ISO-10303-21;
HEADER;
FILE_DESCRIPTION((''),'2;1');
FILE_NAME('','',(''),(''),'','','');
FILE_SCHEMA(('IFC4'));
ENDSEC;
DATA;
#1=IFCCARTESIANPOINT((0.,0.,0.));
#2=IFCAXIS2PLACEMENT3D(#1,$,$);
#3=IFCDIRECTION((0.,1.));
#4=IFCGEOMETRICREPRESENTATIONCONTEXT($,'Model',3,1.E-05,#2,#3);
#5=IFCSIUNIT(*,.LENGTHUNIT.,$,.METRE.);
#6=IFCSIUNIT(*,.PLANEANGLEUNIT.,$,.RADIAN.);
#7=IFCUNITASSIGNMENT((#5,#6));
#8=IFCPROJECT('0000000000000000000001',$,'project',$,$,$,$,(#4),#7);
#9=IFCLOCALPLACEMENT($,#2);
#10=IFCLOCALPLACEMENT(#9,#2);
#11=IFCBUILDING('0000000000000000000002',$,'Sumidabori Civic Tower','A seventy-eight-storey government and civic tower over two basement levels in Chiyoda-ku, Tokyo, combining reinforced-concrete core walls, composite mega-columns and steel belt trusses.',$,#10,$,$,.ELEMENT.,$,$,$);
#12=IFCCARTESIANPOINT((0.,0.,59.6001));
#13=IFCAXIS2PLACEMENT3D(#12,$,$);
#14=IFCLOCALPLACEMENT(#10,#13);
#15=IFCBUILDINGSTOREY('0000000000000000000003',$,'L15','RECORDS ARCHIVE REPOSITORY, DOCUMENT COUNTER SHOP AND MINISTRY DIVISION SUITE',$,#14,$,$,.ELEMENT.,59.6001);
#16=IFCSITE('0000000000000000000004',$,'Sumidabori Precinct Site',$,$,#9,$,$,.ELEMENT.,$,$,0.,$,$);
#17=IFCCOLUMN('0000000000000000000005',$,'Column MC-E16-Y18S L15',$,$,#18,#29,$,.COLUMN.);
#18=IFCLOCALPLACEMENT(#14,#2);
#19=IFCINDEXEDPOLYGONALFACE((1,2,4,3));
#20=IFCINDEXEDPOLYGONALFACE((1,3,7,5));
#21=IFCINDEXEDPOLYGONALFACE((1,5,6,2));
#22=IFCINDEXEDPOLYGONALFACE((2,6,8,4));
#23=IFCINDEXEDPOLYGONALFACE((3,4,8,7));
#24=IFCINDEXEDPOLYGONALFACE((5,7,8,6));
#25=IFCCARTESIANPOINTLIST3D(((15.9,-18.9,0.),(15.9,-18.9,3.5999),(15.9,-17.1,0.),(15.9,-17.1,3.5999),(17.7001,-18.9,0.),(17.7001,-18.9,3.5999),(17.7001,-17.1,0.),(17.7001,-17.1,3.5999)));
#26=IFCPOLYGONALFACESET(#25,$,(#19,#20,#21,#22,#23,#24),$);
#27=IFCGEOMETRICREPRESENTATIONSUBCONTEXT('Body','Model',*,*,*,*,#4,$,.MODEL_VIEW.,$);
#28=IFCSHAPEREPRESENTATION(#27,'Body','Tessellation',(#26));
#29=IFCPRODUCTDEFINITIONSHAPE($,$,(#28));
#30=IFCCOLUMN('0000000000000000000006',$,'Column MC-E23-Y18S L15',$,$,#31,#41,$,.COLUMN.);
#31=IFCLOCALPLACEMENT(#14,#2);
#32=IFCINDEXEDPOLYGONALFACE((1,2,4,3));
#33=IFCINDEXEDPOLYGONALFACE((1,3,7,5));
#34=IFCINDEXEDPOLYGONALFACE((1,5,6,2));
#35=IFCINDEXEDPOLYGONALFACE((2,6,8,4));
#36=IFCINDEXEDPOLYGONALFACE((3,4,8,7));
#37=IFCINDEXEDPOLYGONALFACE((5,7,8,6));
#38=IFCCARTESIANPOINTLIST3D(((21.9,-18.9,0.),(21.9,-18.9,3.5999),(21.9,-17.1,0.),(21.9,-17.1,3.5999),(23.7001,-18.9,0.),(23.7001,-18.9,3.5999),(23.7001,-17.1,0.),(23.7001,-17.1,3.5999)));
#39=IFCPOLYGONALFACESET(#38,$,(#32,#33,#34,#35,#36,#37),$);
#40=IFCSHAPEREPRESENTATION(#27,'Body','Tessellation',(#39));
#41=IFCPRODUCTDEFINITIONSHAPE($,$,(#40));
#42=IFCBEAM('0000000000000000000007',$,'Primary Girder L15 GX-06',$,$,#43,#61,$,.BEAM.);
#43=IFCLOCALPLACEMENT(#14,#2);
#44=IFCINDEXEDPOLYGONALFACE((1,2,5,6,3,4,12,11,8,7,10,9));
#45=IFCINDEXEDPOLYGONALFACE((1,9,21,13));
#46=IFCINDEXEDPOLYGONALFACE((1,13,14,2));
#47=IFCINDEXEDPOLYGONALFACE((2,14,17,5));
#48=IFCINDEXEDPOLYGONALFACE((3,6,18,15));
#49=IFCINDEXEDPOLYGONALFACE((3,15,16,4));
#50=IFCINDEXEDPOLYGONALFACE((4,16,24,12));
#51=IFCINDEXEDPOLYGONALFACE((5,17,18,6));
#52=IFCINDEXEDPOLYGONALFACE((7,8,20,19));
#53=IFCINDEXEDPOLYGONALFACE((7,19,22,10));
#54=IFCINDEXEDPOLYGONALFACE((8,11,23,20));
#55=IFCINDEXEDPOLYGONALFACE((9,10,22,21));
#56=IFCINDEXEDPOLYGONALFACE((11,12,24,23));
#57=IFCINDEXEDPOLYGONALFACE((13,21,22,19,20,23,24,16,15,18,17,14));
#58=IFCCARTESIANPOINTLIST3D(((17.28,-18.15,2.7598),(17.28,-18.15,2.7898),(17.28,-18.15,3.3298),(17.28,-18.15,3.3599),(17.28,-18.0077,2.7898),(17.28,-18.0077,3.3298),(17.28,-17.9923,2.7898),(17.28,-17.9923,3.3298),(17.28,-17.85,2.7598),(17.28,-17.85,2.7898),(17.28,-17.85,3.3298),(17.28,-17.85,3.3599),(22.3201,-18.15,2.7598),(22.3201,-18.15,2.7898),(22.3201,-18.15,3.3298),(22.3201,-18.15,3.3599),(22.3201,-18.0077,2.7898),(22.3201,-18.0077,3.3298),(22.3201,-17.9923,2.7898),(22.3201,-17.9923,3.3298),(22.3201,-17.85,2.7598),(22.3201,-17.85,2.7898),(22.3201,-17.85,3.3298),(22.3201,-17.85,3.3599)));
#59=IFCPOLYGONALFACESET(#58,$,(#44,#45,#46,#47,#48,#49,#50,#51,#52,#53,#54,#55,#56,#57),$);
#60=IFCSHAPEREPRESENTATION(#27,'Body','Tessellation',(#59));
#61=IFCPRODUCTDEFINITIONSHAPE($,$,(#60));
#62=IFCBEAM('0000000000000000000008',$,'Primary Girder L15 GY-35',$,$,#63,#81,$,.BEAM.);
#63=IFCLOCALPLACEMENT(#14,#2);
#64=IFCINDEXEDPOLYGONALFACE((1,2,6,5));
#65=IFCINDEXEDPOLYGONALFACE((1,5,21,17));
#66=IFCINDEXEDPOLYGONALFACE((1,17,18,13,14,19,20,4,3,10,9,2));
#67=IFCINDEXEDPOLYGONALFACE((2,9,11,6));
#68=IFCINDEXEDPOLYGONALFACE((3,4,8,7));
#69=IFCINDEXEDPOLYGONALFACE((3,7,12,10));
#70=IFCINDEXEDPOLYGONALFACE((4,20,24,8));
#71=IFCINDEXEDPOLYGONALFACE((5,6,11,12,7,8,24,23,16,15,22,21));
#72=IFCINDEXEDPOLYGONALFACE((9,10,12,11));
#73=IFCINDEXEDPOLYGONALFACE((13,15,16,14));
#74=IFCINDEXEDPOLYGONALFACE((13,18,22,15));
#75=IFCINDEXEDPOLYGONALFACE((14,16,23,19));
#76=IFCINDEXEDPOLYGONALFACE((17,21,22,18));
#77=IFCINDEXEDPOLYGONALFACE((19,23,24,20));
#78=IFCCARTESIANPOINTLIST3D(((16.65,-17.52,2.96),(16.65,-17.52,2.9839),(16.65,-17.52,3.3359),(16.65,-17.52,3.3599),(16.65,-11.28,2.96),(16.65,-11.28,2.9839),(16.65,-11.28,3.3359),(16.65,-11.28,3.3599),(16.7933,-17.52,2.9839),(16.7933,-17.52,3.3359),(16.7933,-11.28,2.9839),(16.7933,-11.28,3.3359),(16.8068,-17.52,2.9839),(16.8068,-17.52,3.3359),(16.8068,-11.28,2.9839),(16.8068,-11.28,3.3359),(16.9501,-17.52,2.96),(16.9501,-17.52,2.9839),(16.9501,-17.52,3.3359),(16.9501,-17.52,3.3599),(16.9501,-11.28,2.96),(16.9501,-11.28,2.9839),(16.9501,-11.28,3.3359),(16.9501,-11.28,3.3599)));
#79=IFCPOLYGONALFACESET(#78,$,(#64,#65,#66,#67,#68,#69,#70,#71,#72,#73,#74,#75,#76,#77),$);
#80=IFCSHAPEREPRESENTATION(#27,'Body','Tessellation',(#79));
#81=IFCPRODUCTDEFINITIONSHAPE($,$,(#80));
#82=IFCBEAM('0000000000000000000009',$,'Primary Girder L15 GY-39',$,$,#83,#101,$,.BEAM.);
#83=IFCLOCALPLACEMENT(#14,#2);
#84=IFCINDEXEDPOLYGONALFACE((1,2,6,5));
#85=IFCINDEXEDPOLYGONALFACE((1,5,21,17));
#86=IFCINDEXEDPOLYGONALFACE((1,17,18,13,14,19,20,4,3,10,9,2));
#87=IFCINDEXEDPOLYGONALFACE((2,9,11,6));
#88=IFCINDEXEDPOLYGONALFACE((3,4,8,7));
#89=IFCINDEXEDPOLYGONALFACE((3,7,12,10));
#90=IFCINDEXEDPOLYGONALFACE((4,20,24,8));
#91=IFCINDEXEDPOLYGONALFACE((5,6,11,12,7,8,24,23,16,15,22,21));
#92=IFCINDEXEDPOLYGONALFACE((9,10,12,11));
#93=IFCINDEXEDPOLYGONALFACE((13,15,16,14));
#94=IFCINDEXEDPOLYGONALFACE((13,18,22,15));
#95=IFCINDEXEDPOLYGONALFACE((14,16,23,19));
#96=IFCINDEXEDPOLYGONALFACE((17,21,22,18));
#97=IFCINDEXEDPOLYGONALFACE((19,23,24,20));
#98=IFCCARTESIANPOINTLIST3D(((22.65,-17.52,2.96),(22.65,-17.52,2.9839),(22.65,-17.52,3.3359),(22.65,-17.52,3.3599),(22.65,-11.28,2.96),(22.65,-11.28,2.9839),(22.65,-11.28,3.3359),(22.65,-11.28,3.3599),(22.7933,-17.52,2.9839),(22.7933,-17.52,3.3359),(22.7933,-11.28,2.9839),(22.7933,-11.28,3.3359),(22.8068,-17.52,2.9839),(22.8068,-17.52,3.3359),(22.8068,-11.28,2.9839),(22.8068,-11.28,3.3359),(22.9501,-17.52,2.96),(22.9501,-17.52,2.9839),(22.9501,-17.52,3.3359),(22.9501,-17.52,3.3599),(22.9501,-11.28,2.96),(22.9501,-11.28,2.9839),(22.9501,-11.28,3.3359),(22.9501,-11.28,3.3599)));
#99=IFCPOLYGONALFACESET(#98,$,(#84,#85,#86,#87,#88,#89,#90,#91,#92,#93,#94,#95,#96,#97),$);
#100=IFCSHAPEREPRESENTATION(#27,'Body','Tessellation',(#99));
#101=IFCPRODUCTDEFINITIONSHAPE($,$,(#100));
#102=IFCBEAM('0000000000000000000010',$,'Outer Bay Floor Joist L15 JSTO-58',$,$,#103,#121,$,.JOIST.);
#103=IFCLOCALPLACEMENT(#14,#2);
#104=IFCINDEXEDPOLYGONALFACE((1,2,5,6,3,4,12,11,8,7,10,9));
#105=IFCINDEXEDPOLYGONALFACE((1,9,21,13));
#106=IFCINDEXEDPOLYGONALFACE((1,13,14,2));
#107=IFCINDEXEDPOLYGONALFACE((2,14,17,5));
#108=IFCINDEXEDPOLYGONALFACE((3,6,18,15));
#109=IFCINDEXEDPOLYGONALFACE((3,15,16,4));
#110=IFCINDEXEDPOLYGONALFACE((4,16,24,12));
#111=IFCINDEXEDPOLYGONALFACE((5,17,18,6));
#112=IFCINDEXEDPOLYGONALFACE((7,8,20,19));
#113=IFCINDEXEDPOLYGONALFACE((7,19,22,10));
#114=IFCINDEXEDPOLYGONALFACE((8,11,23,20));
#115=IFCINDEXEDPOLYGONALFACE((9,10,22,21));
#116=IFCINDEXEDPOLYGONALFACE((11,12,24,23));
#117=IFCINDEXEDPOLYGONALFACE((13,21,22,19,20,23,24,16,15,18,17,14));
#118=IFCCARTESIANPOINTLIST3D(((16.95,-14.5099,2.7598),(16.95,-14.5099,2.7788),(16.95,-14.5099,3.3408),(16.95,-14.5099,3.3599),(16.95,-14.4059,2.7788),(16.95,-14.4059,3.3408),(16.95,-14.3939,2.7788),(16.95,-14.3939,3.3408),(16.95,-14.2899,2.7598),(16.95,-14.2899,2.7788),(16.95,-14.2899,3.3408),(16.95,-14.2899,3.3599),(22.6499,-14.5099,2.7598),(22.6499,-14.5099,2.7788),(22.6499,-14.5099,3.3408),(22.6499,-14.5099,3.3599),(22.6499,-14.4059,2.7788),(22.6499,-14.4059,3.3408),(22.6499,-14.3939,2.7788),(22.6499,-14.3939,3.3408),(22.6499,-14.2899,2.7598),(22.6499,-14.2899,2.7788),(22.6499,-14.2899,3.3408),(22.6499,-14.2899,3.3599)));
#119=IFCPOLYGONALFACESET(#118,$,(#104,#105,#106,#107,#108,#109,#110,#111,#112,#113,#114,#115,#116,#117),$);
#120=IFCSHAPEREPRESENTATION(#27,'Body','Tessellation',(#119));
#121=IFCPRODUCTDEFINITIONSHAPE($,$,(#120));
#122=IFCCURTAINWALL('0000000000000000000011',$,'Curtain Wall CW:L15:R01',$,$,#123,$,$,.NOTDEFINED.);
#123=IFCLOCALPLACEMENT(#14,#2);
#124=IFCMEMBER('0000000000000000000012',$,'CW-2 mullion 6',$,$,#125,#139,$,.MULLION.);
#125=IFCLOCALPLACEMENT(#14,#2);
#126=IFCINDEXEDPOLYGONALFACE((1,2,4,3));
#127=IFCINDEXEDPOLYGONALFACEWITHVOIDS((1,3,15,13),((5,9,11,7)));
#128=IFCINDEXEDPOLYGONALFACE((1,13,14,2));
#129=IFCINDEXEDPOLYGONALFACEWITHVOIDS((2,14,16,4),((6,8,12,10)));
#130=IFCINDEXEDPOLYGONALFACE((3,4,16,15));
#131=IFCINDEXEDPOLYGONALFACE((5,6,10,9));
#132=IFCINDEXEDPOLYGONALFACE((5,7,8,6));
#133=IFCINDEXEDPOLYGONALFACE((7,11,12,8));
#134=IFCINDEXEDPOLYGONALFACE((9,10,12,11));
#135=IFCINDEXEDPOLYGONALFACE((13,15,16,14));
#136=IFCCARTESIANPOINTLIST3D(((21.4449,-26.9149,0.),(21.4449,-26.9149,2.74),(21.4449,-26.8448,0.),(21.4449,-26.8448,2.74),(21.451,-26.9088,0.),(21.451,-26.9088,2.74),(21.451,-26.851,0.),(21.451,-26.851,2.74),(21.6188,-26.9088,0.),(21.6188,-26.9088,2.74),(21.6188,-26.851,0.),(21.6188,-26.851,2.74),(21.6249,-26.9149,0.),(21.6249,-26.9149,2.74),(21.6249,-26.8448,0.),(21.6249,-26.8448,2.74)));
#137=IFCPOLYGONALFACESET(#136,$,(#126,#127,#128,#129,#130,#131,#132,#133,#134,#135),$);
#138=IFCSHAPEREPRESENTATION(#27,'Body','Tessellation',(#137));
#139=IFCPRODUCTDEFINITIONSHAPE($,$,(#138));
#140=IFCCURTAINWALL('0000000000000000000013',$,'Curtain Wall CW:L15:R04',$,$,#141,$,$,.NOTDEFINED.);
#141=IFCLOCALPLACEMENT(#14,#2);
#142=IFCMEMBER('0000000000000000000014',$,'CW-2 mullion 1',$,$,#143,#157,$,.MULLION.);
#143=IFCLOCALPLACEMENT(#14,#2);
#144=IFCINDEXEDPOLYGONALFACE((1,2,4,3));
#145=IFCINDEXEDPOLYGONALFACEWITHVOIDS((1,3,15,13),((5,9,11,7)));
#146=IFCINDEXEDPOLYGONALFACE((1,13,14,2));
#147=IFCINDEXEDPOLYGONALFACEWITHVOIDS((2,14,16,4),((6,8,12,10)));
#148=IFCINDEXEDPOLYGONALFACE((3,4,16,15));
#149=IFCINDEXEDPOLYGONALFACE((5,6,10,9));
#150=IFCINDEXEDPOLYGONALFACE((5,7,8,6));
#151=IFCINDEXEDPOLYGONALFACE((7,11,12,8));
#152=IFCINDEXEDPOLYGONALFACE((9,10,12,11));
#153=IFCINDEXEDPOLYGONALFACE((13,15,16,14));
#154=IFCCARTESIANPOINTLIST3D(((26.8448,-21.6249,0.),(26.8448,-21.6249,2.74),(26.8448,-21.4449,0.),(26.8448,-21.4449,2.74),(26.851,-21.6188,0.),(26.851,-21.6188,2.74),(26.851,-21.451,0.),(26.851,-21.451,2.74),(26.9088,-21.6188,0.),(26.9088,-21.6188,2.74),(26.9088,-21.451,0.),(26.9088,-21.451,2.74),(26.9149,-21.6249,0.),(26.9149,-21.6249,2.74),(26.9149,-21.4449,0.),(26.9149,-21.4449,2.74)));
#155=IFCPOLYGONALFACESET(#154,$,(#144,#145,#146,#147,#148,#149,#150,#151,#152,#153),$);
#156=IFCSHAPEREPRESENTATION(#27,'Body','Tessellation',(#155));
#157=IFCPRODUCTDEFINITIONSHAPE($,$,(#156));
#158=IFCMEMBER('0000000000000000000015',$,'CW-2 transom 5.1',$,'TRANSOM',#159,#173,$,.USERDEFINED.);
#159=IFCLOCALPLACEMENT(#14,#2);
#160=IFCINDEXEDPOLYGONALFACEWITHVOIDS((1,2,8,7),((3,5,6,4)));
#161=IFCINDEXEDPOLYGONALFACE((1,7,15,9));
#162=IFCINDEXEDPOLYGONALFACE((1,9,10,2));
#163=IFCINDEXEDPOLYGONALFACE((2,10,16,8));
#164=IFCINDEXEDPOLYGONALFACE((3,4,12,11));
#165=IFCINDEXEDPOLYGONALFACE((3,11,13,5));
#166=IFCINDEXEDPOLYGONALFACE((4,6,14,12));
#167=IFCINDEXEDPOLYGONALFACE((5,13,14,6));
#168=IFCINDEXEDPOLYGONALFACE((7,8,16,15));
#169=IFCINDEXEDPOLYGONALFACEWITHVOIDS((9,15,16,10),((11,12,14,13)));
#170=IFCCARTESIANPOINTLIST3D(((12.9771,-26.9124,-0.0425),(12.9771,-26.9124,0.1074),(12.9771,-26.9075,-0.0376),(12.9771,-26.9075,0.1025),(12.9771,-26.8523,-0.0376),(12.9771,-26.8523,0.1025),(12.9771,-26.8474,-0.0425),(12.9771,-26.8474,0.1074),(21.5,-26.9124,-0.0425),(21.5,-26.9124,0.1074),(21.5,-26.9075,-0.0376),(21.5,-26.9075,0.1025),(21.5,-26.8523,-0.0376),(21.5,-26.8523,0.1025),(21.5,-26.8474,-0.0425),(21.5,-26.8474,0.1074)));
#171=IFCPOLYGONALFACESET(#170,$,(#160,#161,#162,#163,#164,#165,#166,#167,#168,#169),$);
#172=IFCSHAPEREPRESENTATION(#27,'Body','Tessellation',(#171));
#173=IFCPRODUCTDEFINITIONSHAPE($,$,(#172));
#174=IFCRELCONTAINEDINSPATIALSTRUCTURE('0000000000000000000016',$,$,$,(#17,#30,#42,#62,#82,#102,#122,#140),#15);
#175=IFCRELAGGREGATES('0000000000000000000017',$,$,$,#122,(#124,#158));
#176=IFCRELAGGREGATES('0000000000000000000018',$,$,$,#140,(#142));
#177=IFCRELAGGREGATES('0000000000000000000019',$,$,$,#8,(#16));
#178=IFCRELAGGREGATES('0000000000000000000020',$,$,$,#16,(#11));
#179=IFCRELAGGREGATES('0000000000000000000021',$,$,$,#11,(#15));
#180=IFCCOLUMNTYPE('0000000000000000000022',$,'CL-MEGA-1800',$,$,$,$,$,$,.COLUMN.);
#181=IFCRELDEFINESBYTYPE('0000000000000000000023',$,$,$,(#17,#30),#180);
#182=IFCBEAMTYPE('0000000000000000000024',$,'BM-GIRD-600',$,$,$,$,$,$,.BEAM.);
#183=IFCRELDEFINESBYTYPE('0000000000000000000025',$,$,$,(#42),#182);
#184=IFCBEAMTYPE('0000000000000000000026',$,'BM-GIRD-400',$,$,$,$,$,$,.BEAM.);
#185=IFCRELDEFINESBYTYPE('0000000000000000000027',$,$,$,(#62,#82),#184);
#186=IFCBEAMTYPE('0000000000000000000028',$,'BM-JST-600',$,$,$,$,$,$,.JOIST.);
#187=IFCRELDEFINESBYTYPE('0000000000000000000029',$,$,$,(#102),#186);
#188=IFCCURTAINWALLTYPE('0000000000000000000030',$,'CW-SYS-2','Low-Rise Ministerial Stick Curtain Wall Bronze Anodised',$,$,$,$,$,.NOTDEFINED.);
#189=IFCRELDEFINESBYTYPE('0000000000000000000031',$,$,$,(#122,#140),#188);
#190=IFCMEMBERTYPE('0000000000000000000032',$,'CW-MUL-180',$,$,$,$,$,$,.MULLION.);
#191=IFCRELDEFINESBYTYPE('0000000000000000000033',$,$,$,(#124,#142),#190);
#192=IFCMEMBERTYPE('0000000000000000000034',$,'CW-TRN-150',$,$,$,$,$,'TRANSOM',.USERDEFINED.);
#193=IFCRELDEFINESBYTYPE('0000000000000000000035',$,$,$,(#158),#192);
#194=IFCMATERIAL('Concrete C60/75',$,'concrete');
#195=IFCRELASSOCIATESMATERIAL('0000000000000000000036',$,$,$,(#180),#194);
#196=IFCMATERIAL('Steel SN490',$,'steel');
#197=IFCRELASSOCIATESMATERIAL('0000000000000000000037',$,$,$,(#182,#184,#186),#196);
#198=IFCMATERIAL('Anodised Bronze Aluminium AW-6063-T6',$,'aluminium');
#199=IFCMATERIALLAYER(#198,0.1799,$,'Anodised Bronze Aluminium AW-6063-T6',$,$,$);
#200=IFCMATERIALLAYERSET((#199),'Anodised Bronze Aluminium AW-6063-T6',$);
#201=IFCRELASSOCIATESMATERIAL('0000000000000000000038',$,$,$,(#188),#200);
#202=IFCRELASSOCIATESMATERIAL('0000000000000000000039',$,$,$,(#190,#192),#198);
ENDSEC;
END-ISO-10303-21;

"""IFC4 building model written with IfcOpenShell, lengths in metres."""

from ifc_helpers import new_model, si_unit, direction, frame, origin, origin_2d, place, context, subcontext, project, spatial, rectangle, hollow_rectangle, i_section, extrude, source, transform, mapped, material, layer, layer_set, material_profile, profile_set, type_object, element, aggregate, save


model = new_model("IFC4")

# Units and contexts
model_context = context("Model", 3, precision=1e-05, world=origin(), true_north=direction((0.0, 1.0)))
body_context = subcontext(model_context, "Body", "Model", "MODEL_VIEW")
ifc_project = project(units=[si_unit("LENGTHUNIT", "METRE"), si_unit("PLANEANGLEUNIT", "RADIAN")], contexts=[model_context])

# Site, building, storey
site_placement = place(None, origin())
site = spatial("IfcSite", under=ifc_project, at=site_placement, Name="Sumidabori Precinct Site", CompositionType="ELEMENT", RefElevation=0.0)
building_placement = place(site_placement, origin())
building = spatial("IfcBuilding", under=site, at=building_placement, Name="Sumidabori Civic Tower", Description="A seventy-eight-storey government and civic tower over two basement levels in Chiyoda-ku, Tokyo, combining reinforced-concrete core walls, composite mega-columns and steel belt trusses.", CompositionType="ELEMENT")
storey_placement = place(building_placement, frame((0.0, 0.0, 59.6001)))
storey = spatial("IfcBuildingStorey", under=building, at=storey_placement, Name="L15", Description="RECORDS ARCHIVE REPOSITORY, DOCUMENT COUNTER SHOP AND MINISTRY DIVISION SUITE", CompositionType="ELEMENT", Elevation=59.6001)

# Columns
ifc_material_1 = material(Name="Concrete C60/75", Category="concrete")
ifc_material_profile_1 = material_profile(ifc_material_1, rectangle(XDim=1.8, YDim=1.8, at=origin_2d()), Name="RC 1800x1800")
ifc_profile_set_1 = profile_set([ifc_material_profile_1], Name="Concrete C60/75")
column_type = type_object("IfcColumnType", Name="CL-MEGA-1800", PredefinedType="COLUMN", material=ifc_profile_set_1)
shared_shape_1 = source(origin(), body_context, "Body", "SweptSolid", [
    extrude(rectangle(XDim=1.8, YDim=1.8, at=origin_2d()), origin(), (0.0, 0.0, 1.0), 3.5999),
])
for number, where, z_axis, x_axis, name in (
    (1, (16.8, -18.0, 0.0), (0.0, 0.0, 1.0), (1.0, 0.0, 0.0), "Column MC-E16-Y18S L15"),
    (2, (22.8, -18.0, 0.0), (0.0, 0.0, 1.0), (1.0, 0.0, 0.0), "Column MC-E23-Y18S L15"),
):
    element("IfcColumn", number, at=place(storey_placement, frame(where, z_axis=z_axis, x_axis=x_axis)), inside=storey, type_object=column_type, Name=name, PredefinedType="COLUMN", context=body_context, shape_type="MappedRepresentation", body=[
        mapped(shared_shape_1, transform((0.0, 0.0, 0.0), x_axis=(1.0, 0.0, 0.0), y_axis=(0.0, 1.0, 0.0), z_axis=(0.0, 0.0, 1.0), scale=1.0)),
    ])

# Beams
ifc_material_2 = material(Name="Steel SN490", Category="steel")
ifc_material_profile_2 = material_profile(ifc_material_2, i_section(OverallWidth=0.3, OverallDepth=0.6001, WebThickness=0.0154, FlangeThickness=0.03, at=origin_2d()), Name="HE 600 B")
ifc_profile_set_2 = profile_set([ifc_material_profile_2], Name="Steel SN490")
beam_type_1 = type_object("IfcBeamType", Name="BM-GIRD-600", PredefinedType="BEAM", material=ifc_profile_set_2)
shared_shape_2 = source(origin(), body_context, "Body", "SweptSolid", [
    extrude(i_section(OverallWidth=0.3, OverallDepth=0.6001, WebThickness=0.0154, FlangeThickness=0.03, at=origin_2d()), origin(), (0.0, 0.0, 1.0), 5.04),
])
beam_1_placement = place(storey_placement, frame((17.28, -18.0, 3.0598), z_axis=(1.0, 0.0, 0.0), x_axis=(0.0, 1.0, 0.0)))
element("IfcBeam", 3, at=beam_1_placement, inside=storey, type_object=beam_type_1, Name="Primary Girder L15 GX-06", PredefinedType="BEAM", context=body_context, shape_type="MappedRepresentation", body=[
    mapped(shared_shape_2, transform((0.0, 0.0, 0.0), x_axis=(1.0, 0.0, 0.0), y_axis=(0.0, 1.0, 0.0), z_axis=(0.0, 0.0, 1.0), scale=1.0)),
])
ifc_material_profile_3 = material_profile(ifc_material_2, i_section(OverallWidth=0.3, OverallDepth=0.3999, WebThickness=0.0134, FlangeThickness=0.0239, at=origin_2d()), Name="HE 400 B")
ifc_profile_set_3 = profile_set([ifc_material_profile_3], Name="Steel SN490")
beam_type_2 = type_object("IfcBeamType", Name="BM-GIRD-400", PredefinedType="BEAM", material=ifc_profile_set_3)
shared_shape_3 = source(origin(), body_context, "Body", "SweptSolid", [
    extrude(i_section(OverallWidth=0.3, OverallDepth=0.3999, WebThickness=0.0134, FlangeThickness=0.0239, at=origin_2d()), origin(), (0.0, 0.0, 1.0), 6.24),
])
for number, where, z_axis, x_axis, name in (
    (4, (16.8, -17.52, 3.1599), (0.0, 1.0, 0.0), (-1.0, 0.0, 0.0), "Primary Girder L15 GY-35"),
    (5, (22.8, -17.52, 3.1599), (0.0, 1.0, 0.0), (-1.0, 0.0, 0.0), "Primary Girder L15 GY-39"),
):
    element("IfcBeam", number, at=place(storey_placement, frame(where, z_axis=z_axis, x_axis=x_axis)), inside=storey, type_object=beam_type_2, Name=name, PredefinedType="BEAM", context=body_context, shape_type="MappedRepresentation", body=[
        mapped(shared_shape_3, transform((0.0, 0.0, 0.0), x_axis=(1.0, 0.0, 0.0), y_axis=(0.0, 1.0, 0.0), z_axis=(0.0, 0.0, 1.0), scale=1.0)),
    ])
ifc_material_profile_4 = material_profile(ifc_material_2, i_section(OverallWidth=0.22, OverallDepth=0.6001, WebThickness=0.012, FlangeThickness=0.019, at=origin_2d()), Name="IPE 600")
ifc_profile_set_4 = profile_set([ifc_material_profile_4], Name="Steel SN490")
beam_type_3 = type_object("IfcBeamType", Name="BM-JST-600", PredefinedType="JOIST", material=ifc_profile_set_4)
shared_shape_4 = source(origin(), body_context, "Body", "SweptSolid", [
    extrude(i_section(OverallWidth=0.22, OverallDepth=0.6001, WebThickness=0.012, FlangeThickness=0.019, at=origin_2d()), origin(), (0.0, 0.0, 1.0), 5.7),
])
beam_2_placement = place(storey_placement, frame((16.95, -14.3999, 3.0598), z_axis=(1.0, 0.0, 0.0), x_axis=(0.0, 1.0, 0.0)))
element("IfcBeam", 6, at=beam_2_placement, inside=storey, type_object=beam_type_3, Name="Outer Bay Floor Joist L15 JSTO-58", PredefinedType="JOIST", context=body_context, shape_type="MappedRepresentation", body=[
    mapped(shared_shape_4, transform((0.0, 0.0, 0.0), x_axis=(1.0, 0.0, 0.0), y_axis=(0.0, 1.0, 0.0), z_axis=(0.0, 0.0, 1.0), scale=1.0)),
])

# Curtain walls, members
ifc_material_3 = material(Name="Anodised Bronze Aluminium AW-6063-T6", Category="aluminium")
ifc_layer_1 = layer(ifc_material_3, 0.1799, Name="Anodised Bronze Aluminium AW-6063-T6")
ifc_layer_set_1 = layer_set([ifc_layer_1], Name="Anodised Bronze Aluminium AW-6063-T6")
curtain_wall_type = type_object("IfcCurtainWallType", Name="CW-SYS-2", Description="Low-Rise Ministerial Stick Curtain Wall Bronze Anodised", PredefinedType="NOTDEFINED", material=ifc_layer_set_1)
curtain_wall_1_placement = place(storey_placement, origin())
curtain_wall_1 = element("IfcCurtainWall", 7, at=curtain_wall_1_placement, inside=storey, type_object=curtain_wall_type, Name="Curtain Wall CW:L15:R01", PredefinedType="NOTDEFINED")
ifc_material_profile_5 = material_profile(ifc_material_3, hollow_rectangle(XDim=0.0701, YDim=0.1799, WallThickness=0.0061, at=origin_2d()), Name="ALU MULLION 180x70")
ifc_profile_set_5 = profile_set([ifc_material_profile_5], Name="Anodised Bronze Aluminium AW-6063-T6")
member_type_1 = type_object("IfcMemberType", Name="CW-MUL-180", PredefinedType="MULLION", material=ifc_profile_set_5)
shared_shape_5 = source(origin(), body_context, "Body", "SweptSolid", [
    extrude(hollow_rectangle(XDim=0.0701, YDim=0.1799, WallThickness=0.0061, at=origin_2d()), origin(), (0.0, 0.0, 1.0), 2.74),
])
member_1_placement = place(storey_placement, frame((21.5349, -26.8799, 0.0), z_axis=(0.0, 0.0, 1.0), x_axis=(0.0, 1.0, 0.0)))
member_1 = element("IfcMember", 8, at=member_1_placement, type_object=member_type_1, Name="CW-2 mullion 6", PredefinedType="MULLION", context=body_context, shape_type="MappedRepresentation", body=[
    mapped(shared_shape_5, transform((0.0, 0.0, 0.0), x_axis=(1.0, 0.0, 0.0), y_axis=(0.0, 1.0, 0.0), z_axis=(0.0, 0.0, 1.0), scale=1.0)),
])
curtain_wall_2_placement = place(storey_placement, origin())
curtain_wall_2 = element("IfcCurtainWall", 9, at=curtain_wall_2_placement, inside=storey, type_object=curtain_wall_type, Name="Curtain Wall CW:L15:R04", PredefinedType="NOTDEFINED")
member_2_placement = place(storey_placement, frame((26.8799, -21.5349, 0.0), z_axis=(0.0, 0.0, 1.0), x_axis=(-1.0, 0.0, 0.0)))
member_2 = element("IfcMember", 10, at=member_2_placement, type_object=member_type_1, Name="CW-2 mullion 1", PredefinedType="MULLION", context=body_context, shape_type="MappedRepresentation", body=[
    mapped(shared_shape_5, transform((0.0, 0.0, 0.0), x_axis=(1.0, 0.0, 0.0), y_axis=(0.0, 1.0, 0.0), z_axis=(0.0, 0.0, 1.0), scale=1.0)),
])

# Member
ifc_material_profile_6 = material_profile(ifc_material_3, hollow_rectangle(XDim=0.0649, YDim=0.1499, WallThickness=0.0049, at=origin_2d()), Name="ALU TRANSOM 150x65")
ifc_profile_set_6 = profile_set([ifc_material_profile_6], Name="Anodised Bronze Aluminium AW-6063-T6")
member_type_2 = type_object("IfcMemberType", Name="CW-TRN-150", ElementType="TRANSOM", PredefinedType="USERDEFINED", material=ifc_profile_set_6)
shared_shape_6 = source(origin(), body_context, "Body", "SweptSolid", [
    extrude(hollow_rectangle(XDim=0.0649, YDim=0.1499, WallThickness=0.0049, at=origin_2d()), origin(), (0.0, 0.0, 1.0), 8.5229),
])
member_3_placement = place(storey_placement, frame((12.9771, -26.8799, 0.0325), z_axis=(1.0, 0.0, 0.0), x_axis=(0.0, 1.0, 0.0)))
member_3 = element("IfcMember", 11, at=member_3_placement, type_object=member_type_2, Name="CW-2 transom 5.1", ObjectType="TRANSOM", PredefinedType="USERDEFINED", context=body_context, shape_type="MappedRepresentation", body=[
    mapped(shared_shape_6, transform((0.0, 0.0, 0.0), x_axis=(1.0, 0.0, 0.0), y_axis=(0.0, 1.0, 0.0), z_axis=(0.0, 0.0, 1.0), scale=1.0)),
])

aggregate(curtain_wall_1, [member_1, member_3])
aggregate(curtain_wall_2, [member_2])

save(model, "model.ifc")
